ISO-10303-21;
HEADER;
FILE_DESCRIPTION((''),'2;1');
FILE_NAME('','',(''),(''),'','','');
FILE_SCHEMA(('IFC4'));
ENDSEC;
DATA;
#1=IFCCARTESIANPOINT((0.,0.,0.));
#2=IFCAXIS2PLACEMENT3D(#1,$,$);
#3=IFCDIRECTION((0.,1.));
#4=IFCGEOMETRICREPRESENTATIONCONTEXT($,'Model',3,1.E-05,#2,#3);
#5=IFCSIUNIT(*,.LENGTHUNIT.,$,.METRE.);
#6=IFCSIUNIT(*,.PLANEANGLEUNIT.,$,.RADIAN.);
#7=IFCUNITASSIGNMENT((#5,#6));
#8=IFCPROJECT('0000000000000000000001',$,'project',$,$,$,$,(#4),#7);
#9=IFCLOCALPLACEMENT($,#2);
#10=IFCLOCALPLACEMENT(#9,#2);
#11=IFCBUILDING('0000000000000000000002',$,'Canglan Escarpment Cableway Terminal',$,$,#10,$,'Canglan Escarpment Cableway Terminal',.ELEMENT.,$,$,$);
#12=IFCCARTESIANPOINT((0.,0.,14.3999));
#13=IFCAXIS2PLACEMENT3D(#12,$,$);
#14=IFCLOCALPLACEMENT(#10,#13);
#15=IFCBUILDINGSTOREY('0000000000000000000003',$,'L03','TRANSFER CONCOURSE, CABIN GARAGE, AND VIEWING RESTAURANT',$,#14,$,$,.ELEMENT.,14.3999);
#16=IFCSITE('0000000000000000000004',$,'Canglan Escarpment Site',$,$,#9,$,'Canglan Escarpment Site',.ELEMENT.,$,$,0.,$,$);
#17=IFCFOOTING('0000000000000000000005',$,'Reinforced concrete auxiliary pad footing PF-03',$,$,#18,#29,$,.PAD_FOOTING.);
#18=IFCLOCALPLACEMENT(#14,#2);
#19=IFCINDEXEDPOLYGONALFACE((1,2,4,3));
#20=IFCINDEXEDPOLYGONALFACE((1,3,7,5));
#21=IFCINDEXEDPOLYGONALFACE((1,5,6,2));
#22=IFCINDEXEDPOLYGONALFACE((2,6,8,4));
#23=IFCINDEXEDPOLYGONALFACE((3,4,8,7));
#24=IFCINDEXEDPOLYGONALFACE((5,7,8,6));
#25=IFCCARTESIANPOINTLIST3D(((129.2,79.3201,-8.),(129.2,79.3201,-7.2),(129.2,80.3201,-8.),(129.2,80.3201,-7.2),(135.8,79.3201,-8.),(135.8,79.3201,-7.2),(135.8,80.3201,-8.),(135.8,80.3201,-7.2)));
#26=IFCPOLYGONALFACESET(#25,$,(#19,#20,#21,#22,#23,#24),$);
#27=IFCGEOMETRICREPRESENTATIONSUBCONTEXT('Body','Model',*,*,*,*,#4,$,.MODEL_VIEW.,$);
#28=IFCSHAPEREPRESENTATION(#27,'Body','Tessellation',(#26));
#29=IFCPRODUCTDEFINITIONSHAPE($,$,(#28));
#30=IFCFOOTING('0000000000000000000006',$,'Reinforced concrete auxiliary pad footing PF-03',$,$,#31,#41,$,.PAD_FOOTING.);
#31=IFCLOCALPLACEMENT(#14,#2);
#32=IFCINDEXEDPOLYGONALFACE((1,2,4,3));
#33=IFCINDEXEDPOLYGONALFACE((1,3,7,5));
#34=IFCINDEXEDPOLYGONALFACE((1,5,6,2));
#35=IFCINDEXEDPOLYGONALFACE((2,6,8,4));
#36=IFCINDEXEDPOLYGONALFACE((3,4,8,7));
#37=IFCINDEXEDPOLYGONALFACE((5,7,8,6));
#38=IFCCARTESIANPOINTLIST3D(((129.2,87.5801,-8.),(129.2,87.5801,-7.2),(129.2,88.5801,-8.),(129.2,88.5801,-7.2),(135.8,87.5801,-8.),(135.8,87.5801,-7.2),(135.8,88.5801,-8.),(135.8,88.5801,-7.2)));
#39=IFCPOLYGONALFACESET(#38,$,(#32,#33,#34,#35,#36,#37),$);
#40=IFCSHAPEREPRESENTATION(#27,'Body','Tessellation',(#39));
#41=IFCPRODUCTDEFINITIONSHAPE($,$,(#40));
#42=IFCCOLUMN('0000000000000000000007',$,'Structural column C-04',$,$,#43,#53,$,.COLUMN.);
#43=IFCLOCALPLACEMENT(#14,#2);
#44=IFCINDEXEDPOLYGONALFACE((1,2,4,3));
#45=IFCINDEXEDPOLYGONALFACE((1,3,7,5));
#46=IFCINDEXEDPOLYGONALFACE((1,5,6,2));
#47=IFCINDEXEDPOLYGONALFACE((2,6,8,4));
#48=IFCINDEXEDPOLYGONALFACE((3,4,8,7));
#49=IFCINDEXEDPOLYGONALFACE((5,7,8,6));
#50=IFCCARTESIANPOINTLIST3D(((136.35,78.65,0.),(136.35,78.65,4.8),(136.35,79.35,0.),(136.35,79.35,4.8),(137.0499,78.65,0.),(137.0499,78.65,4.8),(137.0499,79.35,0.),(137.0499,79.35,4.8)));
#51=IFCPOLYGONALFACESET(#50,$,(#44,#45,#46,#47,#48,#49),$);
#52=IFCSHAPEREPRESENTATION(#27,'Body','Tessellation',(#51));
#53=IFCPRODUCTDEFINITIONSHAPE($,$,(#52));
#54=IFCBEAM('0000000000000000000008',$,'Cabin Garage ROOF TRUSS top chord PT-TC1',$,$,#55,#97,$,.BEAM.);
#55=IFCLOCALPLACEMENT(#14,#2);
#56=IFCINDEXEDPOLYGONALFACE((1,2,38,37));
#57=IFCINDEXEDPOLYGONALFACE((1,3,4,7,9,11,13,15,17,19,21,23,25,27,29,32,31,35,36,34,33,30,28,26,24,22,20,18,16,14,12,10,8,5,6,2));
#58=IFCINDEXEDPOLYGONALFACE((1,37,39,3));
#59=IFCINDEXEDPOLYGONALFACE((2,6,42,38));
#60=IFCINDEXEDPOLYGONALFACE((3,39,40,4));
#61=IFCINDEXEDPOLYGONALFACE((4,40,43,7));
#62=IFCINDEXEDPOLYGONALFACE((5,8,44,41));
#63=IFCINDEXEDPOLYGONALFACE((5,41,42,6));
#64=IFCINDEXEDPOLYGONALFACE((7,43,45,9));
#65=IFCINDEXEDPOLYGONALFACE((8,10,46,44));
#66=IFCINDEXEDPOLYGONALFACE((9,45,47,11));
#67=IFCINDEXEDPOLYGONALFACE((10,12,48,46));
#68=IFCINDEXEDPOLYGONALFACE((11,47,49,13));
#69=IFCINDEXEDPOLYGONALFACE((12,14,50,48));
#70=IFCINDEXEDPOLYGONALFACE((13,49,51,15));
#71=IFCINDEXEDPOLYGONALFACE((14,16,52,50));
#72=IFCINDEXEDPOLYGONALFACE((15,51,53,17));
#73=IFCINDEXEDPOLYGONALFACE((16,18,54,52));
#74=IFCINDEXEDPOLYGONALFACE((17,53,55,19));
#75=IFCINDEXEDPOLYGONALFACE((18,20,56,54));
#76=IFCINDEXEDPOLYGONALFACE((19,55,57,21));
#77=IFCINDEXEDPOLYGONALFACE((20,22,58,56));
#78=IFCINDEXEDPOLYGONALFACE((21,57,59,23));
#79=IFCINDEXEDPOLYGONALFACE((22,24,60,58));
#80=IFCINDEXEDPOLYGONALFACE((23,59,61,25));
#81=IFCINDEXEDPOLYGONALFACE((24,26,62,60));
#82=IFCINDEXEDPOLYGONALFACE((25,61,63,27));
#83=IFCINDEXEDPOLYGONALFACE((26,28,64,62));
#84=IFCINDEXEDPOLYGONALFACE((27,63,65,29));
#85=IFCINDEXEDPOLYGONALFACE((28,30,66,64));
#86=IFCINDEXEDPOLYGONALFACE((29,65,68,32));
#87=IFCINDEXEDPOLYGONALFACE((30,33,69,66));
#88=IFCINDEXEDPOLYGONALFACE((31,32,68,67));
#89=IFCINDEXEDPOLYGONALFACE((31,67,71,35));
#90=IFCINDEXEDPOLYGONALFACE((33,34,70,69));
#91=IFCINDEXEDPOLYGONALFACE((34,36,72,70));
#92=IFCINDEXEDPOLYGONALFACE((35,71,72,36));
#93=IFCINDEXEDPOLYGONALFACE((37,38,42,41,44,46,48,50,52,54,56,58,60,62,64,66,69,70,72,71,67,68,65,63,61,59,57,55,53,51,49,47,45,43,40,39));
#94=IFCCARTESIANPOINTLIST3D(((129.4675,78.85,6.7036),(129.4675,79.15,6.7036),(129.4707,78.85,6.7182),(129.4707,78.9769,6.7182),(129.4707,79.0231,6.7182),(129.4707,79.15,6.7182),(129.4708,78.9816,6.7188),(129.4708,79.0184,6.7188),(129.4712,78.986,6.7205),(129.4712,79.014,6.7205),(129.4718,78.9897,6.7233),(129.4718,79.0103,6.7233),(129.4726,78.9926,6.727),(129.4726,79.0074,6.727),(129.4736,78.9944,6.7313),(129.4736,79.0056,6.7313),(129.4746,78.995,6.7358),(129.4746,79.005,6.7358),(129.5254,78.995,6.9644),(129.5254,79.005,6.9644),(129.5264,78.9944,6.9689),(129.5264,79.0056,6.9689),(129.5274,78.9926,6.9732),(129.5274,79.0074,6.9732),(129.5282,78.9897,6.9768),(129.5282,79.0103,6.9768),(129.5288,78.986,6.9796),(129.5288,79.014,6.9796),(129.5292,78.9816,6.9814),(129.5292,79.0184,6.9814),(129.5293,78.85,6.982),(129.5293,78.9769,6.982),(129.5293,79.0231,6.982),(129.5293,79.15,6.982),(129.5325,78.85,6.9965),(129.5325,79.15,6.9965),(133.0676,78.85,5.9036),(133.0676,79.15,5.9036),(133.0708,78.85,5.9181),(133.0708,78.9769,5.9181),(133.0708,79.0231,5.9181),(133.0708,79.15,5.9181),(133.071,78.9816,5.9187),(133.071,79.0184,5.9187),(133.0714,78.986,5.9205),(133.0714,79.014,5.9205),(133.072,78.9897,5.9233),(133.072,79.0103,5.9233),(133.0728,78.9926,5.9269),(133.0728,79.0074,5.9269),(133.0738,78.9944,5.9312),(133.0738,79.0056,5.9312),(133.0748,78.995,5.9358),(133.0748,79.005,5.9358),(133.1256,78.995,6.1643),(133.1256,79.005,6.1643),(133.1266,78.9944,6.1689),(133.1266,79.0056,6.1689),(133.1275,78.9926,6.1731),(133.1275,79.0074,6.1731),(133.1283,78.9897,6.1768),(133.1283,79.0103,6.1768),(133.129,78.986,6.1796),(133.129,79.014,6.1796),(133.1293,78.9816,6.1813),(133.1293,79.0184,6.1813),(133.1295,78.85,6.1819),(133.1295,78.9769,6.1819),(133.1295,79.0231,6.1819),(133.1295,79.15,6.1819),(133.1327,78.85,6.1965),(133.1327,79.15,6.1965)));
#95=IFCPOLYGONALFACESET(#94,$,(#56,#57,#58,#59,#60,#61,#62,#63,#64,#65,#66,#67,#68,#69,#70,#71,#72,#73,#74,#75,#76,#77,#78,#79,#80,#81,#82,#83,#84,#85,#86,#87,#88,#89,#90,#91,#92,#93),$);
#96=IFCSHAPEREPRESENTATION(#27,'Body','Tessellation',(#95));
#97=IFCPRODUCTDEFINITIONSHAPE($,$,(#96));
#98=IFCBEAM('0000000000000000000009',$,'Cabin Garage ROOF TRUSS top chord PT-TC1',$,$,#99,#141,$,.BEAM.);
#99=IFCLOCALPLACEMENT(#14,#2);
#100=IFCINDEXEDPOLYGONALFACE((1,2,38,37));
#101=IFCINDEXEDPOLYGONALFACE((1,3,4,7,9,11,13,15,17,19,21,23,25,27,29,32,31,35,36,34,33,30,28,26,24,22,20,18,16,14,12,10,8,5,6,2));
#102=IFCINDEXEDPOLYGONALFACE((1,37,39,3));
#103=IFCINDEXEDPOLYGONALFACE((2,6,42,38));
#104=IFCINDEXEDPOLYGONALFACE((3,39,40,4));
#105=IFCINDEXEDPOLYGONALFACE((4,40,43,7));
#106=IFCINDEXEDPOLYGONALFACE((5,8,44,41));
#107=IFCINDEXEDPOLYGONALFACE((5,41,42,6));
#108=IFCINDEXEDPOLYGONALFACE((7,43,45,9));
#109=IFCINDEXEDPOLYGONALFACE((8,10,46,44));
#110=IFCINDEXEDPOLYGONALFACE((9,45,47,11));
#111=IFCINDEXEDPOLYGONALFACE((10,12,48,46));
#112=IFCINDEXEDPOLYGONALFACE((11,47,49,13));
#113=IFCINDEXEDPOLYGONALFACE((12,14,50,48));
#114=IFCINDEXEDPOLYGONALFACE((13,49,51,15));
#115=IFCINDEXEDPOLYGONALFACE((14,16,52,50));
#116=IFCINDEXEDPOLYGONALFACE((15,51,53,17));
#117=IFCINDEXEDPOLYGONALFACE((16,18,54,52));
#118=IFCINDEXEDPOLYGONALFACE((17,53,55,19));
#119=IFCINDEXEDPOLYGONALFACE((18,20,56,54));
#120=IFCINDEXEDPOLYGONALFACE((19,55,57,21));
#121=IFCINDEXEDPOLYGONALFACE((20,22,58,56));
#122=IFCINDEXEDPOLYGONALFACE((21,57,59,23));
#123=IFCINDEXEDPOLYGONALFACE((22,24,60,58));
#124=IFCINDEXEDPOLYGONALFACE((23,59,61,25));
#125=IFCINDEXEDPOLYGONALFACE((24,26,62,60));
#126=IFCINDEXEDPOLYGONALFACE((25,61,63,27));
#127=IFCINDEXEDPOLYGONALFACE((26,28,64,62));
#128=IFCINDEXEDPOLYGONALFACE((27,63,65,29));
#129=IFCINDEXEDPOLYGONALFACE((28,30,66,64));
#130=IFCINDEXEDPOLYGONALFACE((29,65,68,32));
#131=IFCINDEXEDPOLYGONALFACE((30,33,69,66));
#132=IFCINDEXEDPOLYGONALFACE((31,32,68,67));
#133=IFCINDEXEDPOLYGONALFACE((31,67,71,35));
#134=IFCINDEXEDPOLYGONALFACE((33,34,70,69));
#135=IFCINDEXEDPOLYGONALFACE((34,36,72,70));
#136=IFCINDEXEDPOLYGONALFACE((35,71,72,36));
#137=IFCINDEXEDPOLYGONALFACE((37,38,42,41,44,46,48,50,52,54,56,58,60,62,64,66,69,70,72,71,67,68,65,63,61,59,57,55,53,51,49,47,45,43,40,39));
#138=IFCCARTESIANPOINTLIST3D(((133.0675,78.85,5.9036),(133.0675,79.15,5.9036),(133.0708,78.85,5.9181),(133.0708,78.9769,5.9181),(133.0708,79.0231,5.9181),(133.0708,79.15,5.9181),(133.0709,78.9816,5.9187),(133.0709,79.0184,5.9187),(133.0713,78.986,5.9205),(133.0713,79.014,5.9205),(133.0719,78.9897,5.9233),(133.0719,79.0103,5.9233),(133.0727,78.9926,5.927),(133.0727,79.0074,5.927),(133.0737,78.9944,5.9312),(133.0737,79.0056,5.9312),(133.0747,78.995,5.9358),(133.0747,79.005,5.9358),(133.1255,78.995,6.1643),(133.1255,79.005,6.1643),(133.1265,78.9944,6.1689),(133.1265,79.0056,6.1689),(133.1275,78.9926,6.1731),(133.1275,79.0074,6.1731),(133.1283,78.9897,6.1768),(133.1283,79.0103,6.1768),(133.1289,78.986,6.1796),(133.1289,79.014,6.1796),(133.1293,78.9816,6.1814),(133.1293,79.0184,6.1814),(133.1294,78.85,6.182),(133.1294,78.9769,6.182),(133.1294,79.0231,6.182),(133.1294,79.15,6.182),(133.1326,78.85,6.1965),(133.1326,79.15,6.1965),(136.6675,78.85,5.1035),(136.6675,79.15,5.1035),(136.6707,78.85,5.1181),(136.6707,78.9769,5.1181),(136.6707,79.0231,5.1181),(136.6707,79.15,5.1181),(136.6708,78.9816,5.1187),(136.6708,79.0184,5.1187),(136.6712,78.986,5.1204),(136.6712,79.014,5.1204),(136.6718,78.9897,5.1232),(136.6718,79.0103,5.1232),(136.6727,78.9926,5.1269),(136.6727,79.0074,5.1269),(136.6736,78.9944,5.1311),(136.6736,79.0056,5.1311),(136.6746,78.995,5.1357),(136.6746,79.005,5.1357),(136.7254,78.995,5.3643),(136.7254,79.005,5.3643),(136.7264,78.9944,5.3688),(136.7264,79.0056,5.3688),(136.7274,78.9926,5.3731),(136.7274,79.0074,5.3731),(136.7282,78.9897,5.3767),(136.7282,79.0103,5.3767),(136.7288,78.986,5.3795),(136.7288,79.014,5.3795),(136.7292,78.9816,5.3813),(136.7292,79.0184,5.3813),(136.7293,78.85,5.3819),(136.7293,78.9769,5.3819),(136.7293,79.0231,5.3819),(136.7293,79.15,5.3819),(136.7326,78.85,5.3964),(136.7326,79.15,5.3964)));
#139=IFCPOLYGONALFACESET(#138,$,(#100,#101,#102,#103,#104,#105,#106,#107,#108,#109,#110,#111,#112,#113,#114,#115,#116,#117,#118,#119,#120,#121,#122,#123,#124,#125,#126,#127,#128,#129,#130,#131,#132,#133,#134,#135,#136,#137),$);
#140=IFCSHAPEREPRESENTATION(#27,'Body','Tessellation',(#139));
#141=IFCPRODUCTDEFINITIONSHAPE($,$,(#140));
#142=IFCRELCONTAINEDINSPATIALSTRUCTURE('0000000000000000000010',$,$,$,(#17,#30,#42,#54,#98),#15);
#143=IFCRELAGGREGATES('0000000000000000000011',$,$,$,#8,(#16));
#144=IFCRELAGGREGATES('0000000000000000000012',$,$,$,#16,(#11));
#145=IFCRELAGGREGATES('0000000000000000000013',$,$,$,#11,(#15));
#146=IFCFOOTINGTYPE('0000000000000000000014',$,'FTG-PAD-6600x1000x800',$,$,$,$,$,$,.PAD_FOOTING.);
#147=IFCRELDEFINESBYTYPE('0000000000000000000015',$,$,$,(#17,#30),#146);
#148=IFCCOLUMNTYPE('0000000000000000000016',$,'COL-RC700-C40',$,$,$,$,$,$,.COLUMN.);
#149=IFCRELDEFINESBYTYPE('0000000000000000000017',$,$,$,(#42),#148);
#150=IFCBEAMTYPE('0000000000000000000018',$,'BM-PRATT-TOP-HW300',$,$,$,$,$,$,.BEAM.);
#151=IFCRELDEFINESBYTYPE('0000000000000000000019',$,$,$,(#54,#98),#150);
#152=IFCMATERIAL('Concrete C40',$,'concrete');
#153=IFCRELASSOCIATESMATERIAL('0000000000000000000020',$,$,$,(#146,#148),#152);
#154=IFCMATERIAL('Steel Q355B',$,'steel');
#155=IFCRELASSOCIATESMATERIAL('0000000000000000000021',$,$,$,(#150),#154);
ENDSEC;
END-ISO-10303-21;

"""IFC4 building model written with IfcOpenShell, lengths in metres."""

from ifc_helpers import new_model, si_unit, direction, frame, origin, origin_2d, place, context, subcontext, project, spatial, rectangle, i_section, extrude, material, material_profile, profile_set, type_object, element, save


model = new_model("IFC4")

# Units and contexts
model_context = context("Model", 3, precision=1e-05, world=origin(), true_north=direction((0.0, 1.0)))
body_context = subcontext(model_context, "Body", "Model", "MODEL_VIEW")
ifc_project = project(units=[si_unit("LENGTHUNIT", "METRE"), si_unit("PLANEANGLEUNIT", "RADIAN")], contexts=[model_context])

# Site, building, storey
site_placement = place(None, origin())
site = spatial("IfcSite", under=ifc_project, at=site_placement, Name="Canglan Escarpment Site", LongName="Canglan Escarpment Site", CompositionType="ELEMENT", RefElevation=0.0)
building_placement = place(site_placement, origin())
building = spatial("IfcBuilding", under=site, at=building_placement, Name="Canglan Escarpment Cableway Terminal", LongName="Canglan Escarpment Cableway Terminal", CompositionType="ELEMENT")
storey_placement = place(building_placement, frame((0.0, 0.0, 14.3999)))
storey = spatial("IfcBuildingStorey", under=building, at=storey_placement, Name="L03", Description="TRANSFER CONCOURSE, CABIN GARAGE, AND VIEWING RESTAURANT", CompositionType="ELEMENT", Elevation=14.3999)

# Footings
ifc_material_1 = material(Name="Concrete C40", Category="concrete")
footing_type = type_object("IfcFootingType", Name="FTG-PAD-6600x1000x800", PredefinedType="PAD_FOOTING", material=ifc_material_1)
for number, where, z_axis, x_axis, name in (
    (1, (132.5, 79.8201, -8.0), (0.0, 0.0, 1.0), (1.0, 0.0, 0.0), "Reinforced concrete auxiliary pad footing PF-03"),
    (2, (132.5, 88.0801, -8.0), (0.0, 0.0, 1.0), (1.0, 0.0, 0.0), "Reinforced concrete auxiliary pad footing PF-03"),
):
    element("IfcFooting", number, at=place(storey_placement, frame(where, z_axis=z_axis, x_axis=x_axis)), inside=storey, type_object=footing_type, Name=name, PredefinedType="PAD_FOOTING", context=body_context, shape_type="SweptSolid", body=[
        extrude(rectangle(XDim=6.6001, YDim=1.0, at=origin_2d()), origin(), (0.0, 0.0, 1.0), 0.8),
    ])

# Column
ifc_material_profile_1 = material_profile(ifc_material_1, rectangle(XDim=0.7, YDim=0.7, at=origin_2d()), Name="RC 700x700")
ifc_profile_set_1 = profile_set([ifc_material_profile_1], Name="Concrete C40")
column_type = type_object("IfcColumnType", Name="COL-RC700-C40", PredefinedType="COLUMN", material=ifc_profile_set_1)
column_placement = place(storey_placement, frame((136.7, 79.0, 0.0), z_axis=(0.0, 0.0, 1.0), x_axis=(1.0, 0.0, 0.0)))
element("IfcColumn", 3, at=column_placement, inside=storey, type_object=column_type, Name="Structural column C-04", PredefinedType="COLUMN", context=body_context, shape_type="SweptSolid", body=[
    extrude(rectangle(XDim=0.7, YDim=0.7, at=origin_2d()), origin(), (0.0, 0.0, 1.0), 4.8),
])

# Beams
ifc_material_2 = material(Name="Steel Q355B", Category="steel")
ifc_material_profile_2 = material_profile(ifc_material_2, i_section(OverallWidth=0.3, OverallDepth=0.3, WebThickness=0.01, FlangeThickness=0.0149, FilletRadius=0.0181, at=origin_2d()), Name="HW 300x300x10x15")
ifc_profile_set_2 = profile_set([ifc_material_profile_2], Name="Steel Q355B")
beam_type = type_object("IfcBeamType", Name="BM-PRATT-TOP-HW300", PredefinedType="BEAM", material=ifc_profile_set_2)
beam_1_placement = place(storey_placement, frame((129.5, 79.0, 6.8501), z_axis=(0.976186, 0.0, -0.216937), x_axis=(0.0, 1.0, 0.0)))
element("IfcBeam", 4, at=beam_1_placement, inside=storey, type_object=beam_type, Name="Cabin Garage ROOF TRUSS top chord PT-TC1", PredefinedType="BEAM", context=body_context, shape_type="SweptSolid", body=[
    extrude(i_section(OverallWidth=0.3, OverallDepth=0.3, WebThickness=0.01, FlangeThickness=0.0149, FilletRadius=0.0181, at=origin_2d()), origin(), (0.0, 0.0, 1.0), 3.688),
])
beam_2_placement = place(storey_placement, frame((133.1001, 79.0, 6.05), z_axis=(0.976182, 0.0, -0.216951), x_axis=(0.0, 1.0, 0.0)))
element("IfcBeam", 5, at=beam_2_placement, inside=storey, type_object=beam_type, Name="Cabin Garage ROOF TRUSS top chord PT-TC1", PredefinedType="BEAM", context=body_context, shape_type="SweptSolid", body=[
    extrude(i_section(OverallWidth=0.3, OverallDepth=0.3, WebThickness=0.01, FlangeThickness=0.0149, FilletRadius=0.0181, at=origin_2d()), origin(), (0.0, 0.0, 1.0), 3.6877),
])

save(model, "model.ifc")
